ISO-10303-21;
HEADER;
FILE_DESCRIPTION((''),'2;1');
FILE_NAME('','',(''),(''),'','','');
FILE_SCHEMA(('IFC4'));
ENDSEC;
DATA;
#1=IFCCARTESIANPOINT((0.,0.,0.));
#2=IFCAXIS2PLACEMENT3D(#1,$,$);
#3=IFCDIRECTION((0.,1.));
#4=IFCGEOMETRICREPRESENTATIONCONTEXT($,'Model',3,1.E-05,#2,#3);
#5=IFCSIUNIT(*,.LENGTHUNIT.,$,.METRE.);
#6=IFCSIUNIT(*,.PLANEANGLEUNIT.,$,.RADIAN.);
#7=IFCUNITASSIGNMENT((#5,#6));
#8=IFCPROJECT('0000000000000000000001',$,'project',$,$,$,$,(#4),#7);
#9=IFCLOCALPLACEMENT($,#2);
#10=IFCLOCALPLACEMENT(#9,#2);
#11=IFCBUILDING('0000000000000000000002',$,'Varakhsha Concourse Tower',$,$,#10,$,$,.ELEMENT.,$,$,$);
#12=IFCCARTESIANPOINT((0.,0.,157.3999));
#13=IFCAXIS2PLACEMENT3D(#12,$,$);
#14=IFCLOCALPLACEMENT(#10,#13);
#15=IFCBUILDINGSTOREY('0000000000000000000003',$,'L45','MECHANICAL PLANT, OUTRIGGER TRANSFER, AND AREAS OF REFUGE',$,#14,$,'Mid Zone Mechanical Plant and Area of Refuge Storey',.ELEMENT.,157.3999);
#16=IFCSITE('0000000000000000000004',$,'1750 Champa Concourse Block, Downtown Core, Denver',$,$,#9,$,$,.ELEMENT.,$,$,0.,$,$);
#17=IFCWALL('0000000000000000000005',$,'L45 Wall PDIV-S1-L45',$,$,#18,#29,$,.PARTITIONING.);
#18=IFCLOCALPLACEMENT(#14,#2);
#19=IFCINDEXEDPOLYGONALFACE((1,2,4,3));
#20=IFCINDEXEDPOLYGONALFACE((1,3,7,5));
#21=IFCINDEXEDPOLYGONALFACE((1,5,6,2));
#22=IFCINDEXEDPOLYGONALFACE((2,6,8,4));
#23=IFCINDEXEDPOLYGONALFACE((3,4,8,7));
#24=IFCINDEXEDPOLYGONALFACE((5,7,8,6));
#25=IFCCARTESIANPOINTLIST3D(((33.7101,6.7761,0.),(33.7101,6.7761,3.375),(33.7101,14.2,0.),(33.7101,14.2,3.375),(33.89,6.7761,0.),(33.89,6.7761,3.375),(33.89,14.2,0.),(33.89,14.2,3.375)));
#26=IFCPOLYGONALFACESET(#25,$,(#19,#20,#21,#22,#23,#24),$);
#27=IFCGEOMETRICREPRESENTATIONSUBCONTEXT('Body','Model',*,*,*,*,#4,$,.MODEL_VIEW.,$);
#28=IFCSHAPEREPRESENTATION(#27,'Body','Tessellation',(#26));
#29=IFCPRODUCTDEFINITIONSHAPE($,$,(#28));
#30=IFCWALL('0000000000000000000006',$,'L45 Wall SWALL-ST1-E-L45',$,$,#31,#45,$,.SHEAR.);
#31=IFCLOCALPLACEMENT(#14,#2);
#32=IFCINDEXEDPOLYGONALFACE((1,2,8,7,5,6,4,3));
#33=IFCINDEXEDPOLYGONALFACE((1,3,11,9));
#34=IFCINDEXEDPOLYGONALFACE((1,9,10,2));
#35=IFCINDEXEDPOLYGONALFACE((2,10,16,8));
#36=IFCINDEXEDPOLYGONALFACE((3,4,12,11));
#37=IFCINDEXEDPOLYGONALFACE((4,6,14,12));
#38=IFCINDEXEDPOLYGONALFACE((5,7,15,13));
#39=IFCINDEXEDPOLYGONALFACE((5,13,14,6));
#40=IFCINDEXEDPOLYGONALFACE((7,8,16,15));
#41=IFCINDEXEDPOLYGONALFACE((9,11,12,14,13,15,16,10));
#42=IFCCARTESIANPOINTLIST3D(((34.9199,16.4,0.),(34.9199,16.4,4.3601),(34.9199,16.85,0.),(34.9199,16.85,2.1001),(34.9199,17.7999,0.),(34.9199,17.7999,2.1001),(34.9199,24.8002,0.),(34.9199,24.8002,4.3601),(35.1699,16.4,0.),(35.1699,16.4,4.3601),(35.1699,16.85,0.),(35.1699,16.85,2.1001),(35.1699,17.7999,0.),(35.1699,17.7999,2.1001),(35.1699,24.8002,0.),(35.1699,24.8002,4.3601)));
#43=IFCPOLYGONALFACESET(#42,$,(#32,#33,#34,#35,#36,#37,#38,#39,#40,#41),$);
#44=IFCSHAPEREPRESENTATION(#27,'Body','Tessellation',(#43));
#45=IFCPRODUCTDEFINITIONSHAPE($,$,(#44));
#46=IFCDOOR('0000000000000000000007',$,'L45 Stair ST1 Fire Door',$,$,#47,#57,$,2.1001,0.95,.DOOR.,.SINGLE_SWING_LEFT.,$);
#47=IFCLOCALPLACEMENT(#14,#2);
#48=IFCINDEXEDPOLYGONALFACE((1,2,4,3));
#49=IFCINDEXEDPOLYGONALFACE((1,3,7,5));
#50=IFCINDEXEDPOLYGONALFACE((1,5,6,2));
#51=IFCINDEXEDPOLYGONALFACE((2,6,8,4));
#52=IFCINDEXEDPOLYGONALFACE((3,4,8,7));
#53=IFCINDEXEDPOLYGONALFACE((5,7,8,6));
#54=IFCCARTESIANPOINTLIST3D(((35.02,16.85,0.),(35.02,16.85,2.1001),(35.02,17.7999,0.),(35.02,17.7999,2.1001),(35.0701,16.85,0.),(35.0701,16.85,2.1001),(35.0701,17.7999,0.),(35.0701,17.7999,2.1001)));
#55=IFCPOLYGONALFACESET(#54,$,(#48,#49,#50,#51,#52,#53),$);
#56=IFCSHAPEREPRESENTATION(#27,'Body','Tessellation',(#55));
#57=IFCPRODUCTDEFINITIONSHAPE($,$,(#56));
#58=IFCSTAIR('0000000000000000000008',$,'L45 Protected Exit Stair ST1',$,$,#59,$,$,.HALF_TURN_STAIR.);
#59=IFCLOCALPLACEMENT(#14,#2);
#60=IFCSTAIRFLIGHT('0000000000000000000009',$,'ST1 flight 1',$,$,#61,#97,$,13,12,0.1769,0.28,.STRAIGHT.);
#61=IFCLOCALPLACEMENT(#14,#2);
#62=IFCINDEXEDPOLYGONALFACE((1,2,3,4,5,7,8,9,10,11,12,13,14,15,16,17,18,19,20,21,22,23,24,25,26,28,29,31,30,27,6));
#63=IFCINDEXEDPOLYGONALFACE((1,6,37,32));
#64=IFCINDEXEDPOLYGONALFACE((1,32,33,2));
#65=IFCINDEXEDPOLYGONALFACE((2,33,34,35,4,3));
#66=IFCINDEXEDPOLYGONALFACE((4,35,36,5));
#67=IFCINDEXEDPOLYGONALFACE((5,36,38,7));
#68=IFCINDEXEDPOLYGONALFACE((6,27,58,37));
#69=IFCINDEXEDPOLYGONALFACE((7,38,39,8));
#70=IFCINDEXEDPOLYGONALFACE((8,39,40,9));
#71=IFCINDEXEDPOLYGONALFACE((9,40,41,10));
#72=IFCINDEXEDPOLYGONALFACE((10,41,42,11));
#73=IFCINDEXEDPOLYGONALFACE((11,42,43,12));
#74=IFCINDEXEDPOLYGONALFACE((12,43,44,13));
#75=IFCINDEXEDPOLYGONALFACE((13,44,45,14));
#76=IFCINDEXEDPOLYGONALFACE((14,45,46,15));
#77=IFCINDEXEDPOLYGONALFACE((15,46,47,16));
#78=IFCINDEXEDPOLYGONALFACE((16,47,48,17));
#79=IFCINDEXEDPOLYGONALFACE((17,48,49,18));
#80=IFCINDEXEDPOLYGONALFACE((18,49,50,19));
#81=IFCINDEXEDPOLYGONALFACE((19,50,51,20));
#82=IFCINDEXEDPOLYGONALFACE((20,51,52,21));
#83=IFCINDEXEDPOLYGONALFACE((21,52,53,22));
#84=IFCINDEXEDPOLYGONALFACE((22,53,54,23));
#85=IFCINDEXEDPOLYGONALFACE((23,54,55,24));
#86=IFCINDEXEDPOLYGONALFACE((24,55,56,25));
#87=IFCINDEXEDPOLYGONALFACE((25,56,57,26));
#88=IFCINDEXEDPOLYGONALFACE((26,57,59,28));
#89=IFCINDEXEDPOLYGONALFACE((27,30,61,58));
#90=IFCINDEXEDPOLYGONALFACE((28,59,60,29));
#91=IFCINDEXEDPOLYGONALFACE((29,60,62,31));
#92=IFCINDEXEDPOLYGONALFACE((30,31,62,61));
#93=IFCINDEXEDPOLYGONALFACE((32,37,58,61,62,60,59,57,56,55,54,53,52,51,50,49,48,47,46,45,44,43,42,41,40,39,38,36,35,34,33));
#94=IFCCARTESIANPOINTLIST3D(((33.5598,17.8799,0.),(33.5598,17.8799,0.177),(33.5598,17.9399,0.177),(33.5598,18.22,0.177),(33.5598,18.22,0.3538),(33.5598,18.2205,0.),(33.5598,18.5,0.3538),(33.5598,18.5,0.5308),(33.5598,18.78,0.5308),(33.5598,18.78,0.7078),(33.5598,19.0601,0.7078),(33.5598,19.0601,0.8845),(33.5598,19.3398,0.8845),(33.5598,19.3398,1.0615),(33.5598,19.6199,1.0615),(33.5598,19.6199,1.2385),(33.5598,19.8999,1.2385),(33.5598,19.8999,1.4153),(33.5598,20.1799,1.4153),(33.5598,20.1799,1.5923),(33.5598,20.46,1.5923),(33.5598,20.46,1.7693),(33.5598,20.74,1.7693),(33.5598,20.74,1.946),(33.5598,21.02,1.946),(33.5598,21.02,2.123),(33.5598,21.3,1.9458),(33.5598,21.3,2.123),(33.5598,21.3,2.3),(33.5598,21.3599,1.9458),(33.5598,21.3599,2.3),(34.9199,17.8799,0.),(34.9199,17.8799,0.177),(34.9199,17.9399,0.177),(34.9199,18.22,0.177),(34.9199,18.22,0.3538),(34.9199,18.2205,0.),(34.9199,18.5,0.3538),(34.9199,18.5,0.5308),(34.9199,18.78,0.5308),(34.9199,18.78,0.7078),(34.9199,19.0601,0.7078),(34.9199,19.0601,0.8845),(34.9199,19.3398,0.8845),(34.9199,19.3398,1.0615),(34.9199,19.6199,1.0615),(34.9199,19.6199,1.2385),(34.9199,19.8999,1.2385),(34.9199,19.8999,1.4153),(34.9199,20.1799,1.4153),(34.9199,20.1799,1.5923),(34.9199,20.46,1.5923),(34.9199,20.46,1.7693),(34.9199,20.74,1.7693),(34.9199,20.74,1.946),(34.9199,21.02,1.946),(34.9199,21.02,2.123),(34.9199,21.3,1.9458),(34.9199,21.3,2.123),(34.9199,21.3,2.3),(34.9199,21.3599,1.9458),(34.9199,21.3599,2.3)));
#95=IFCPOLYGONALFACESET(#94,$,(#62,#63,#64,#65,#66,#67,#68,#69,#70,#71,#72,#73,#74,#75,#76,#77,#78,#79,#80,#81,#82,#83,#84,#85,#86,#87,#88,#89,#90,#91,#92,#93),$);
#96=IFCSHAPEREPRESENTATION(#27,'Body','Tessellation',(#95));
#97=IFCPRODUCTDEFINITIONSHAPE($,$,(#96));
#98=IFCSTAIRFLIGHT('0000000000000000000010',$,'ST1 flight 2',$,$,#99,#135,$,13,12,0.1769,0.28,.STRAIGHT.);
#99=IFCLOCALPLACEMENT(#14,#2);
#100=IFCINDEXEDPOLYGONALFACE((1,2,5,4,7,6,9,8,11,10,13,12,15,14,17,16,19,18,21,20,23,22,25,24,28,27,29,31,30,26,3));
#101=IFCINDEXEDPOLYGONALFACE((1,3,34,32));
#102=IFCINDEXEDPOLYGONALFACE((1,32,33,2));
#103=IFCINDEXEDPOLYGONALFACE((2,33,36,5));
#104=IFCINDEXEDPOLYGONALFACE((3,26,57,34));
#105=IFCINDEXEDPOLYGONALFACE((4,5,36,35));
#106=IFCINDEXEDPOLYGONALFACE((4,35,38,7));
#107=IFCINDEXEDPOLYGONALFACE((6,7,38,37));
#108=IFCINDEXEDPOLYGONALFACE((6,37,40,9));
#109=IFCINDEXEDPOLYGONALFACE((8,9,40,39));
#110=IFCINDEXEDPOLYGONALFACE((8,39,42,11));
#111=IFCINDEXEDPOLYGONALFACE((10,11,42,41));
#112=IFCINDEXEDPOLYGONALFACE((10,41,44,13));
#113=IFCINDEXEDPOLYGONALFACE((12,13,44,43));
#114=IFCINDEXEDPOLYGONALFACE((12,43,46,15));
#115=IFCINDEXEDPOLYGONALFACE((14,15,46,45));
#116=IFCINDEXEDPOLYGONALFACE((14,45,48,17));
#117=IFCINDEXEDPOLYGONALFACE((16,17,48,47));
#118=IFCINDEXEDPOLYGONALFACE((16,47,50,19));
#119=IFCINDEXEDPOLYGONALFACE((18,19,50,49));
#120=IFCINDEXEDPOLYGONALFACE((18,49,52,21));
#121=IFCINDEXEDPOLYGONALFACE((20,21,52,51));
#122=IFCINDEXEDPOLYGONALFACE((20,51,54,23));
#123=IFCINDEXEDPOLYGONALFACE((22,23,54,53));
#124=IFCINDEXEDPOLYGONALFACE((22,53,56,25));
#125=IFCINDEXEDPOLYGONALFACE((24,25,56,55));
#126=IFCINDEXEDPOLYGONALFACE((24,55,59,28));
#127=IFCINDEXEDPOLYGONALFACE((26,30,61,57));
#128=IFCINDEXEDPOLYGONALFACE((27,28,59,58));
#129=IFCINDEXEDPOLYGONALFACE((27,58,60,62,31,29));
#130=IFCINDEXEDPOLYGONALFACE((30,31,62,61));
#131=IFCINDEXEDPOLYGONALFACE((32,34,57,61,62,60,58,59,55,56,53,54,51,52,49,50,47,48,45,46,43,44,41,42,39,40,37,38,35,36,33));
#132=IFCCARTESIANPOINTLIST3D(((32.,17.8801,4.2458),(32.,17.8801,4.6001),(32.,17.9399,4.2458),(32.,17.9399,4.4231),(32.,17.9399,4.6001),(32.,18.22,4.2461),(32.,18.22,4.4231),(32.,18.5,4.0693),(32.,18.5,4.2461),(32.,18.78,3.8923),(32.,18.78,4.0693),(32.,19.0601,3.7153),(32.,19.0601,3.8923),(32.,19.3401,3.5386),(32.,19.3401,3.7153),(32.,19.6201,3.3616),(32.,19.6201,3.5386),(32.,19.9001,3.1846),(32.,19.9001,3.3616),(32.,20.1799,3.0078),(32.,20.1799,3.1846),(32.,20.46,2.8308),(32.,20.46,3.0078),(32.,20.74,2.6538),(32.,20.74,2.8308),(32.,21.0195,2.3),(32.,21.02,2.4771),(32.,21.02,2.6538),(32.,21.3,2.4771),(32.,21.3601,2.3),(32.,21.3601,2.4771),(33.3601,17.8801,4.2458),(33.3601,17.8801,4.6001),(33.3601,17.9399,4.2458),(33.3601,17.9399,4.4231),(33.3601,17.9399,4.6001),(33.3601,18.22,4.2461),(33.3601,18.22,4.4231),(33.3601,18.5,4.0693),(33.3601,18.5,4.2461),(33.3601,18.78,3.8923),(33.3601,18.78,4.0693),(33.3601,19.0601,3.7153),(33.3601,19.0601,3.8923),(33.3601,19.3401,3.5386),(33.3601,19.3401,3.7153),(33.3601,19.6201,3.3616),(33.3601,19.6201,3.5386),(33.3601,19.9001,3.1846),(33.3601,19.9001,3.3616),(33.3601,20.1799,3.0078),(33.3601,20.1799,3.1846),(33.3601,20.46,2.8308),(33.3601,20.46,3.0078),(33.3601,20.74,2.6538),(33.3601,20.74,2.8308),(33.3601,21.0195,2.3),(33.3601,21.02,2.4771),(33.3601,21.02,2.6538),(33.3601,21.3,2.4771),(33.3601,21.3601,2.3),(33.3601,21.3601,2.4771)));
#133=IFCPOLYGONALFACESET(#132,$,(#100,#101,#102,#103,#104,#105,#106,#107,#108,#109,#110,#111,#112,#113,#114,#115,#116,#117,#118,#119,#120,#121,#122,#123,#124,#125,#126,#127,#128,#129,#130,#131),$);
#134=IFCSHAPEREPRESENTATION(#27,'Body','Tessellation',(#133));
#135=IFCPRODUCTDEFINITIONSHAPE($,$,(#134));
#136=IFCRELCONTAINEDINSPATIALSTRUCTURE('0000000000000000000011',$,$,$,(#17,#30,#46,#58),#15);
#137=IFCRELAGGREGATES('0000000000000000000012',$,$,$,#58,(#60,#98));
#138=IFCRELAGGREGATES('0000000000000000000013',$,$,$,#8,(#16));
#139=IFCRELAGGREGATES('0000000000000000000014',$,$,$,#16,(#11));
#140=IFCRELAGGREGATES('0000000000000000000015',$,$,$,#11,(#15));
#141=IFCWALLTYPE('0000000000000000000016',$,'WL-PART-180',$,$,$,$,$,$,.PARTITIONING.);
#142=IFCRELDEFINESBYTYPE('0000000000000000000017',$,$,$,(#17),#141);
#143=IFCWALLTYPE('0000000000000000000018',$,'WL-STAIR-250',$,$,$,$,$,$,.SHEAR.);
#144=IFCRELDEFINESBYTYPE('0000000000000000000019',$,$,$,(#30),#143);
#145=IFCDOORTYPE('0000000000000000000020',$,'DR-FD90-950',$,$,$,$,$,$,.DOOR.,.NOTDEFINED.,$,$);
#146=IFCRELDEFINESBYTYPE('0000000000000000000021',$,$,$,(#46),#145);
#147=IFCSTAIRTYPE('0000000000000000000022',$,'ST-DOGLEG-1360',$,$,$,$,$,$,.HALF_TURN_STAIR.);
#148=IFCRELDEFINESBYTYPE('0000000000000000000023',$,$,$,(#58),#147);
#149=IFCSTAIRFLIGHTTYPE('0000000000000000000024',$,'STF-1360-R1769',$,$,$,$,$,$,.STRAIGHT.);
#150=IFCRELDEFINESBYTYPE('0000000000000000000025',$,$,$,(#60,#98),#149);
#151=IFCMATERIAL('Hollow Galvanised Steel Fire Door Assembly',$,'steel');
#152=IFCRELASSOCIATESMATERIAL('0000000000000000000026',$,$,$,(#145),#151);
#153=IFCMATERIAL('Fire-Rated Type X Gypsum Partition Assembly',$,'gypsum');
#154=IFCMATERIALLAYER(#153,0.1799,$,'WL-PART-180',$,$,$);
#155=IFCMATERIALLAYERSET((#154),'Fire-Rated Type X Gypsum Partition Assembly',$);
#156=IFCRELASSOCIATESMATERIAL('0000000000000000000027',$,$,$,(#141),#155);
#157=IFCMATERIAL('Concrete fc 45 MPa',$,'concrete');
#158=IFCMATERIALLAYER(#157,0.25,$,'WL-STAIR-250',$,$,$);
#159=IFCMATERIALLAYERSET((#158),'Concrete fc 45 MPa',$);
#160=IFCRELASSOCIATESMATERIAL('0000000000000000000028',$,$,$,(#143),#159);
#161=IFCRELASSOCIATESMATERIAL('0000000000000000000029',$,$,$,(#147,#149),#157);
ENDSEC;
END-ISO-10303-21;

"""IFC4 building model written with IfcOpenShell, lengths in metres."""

from ifc_helpers import new_model, si_unit, direction, frame, frame_2d, origin, place, context, subcontext, project, spatial, polyline, rectangle, outline, extrude, material, layer, layer_set, type_object, element, fill, aggregate, save


model = new_model("IFC4")

# Units and contexts
model_context = context("Model", 3, precision=1e-05, world=origin(), true_north=direction((0.0, 1.0)))
body_context = subcontext(model_context, "Body", "Model", "MODEL_VIEW")
ifc_project = project(units=[si_unit("LENGTHUNIT", "METRE"), si_unit("PLANEANGLEUNIT", "RADIAN")], contexts=[model_context])

# Site, building, storey
site_placement = place(None, origin())
site = spatial("IfcSite", under=ifc_project, at=site_placement, Name="1750 Champa Concourse Block, Downtown Core, Denver", CompositionType="ELEMENT", RefElevation=0.0)
building_placement = place(site_placement, origin())
building = spatial("IfcBuilding", under=site, at=building_placement, Name="Varakhsha Concourse Tower", CompositionType="ELEMENT")
storey_placement = place(building_placement, frame((0.0, 0.0, 157.3999)))
storey = spatial("IfcBuildingStorey", under=building, at=storey_placement, Name="L45", Description="MECHANICAL PLANT, OUTRIGGER TRANSFER, AND AREAS OF REFUGE", LongName="Mid Zone Mechanical Plant and Area of Refuge Storey", CompositionType="ELEMENT", Elevation=157.3999)

# Shared definitions
ifc_material_1 = material(Name="Hollow Galvanised Steel Fire Door Assembly", Category="steel")
door_type_1 = type_object("IfcDoorType", Name="DR-FD90-950", OperationType="NOTDEFINED", PredefinedType="DOOR", material=ifc_material_1)

# Shared definitions
ifc_material_2 = material(Name="Fire-Rated Type X Gypsum Partition Assembly", Category="gypsum")

# Wall
ifc_layer_1 = layer(ifc_material_2, 0.1799, Name="WL-PART-180")
ifc_layer_set_1 = layer_set([ifc_layer_1], Name="Fire-Rated Type X Gypsum Partition Assembly")
wall_type_1 = type_object("IfcWallType", Name="WL-PART-180", PredefinedType="PARTITIONING", material=ifc_layer_set_1)
wall_1_placement = place(storey_placement, frame((33.8, 6.7761, 0.0), z_axis=(0.0, 0.0, 1.0), x_axis=(0.0, 1.0, 0.0)))
element("IfcWall", 1, at=wall_1_placement, inside=storey, type_object=wall_type_1, Name="L45 Wall PDIV-S1-L45", PredefinedType="PARTITIONING", context=body_context, shape_type="SweptSolid", body=[
    extrude(rectangle(XDim=7.4238, YDim=0.1799, at=frame_2d((3.7119, 0.0))), origin(), (0.0, 0.0, 1.0), 3.375),
])

# Wall, opening, door
ifc_material_3 = material(Name="Concrete fc 45 MPa", Category="concrete")
ifc_layer_2 = layer(ifc_material_3, 0.25, Name="WL-STAIR-250")
ifc_layer_set_2 = layer_set([ifc_layer_2], Name="Concrete fc 45 MPa")
wall_type_2 = type_object("IfcWallType", Name="WL-STAIR-250", PredefinedType="SHEAR", material=ifc_layer_set_2)
wall_2_placement = place(storey_placement, frame((35.0449, 16.3999, 0.0), z_axis=(0.0, 0.0, 1.0), x_axis=(0.0, 1.0, 0.0)))
wall_2 = element("IfcWall", 2, at=wall_2_placement, inside=storey, type_object=wall_type_2, Name="L45 Wall SWALL-ST1-E-L45", PredefinedType="SHEAR", context=body_context, shape_type="SweptSolid", body=[
    extrude(rectangle(XDim=8.4001, YDim=0.25, at=frame_2d((4.2002, 0.0))), origin(), (0.0, 0.0, 1.0), 4.3601),
])
opening_1_placement = place(wall_2_placement, frame((0.45, 0.0, 0.0)))
opening_1 = element("IfcOpeningElement", 3, at=opening_1_placement, cuts=wall_2, PredefinedType="OPENING", context=body_context, shape_type="SweptSolid", body=[
    extrude(rectangle(XDim=0.95, YDim=2.1001, at=frame_2d((0.4751, 1.05))), frame((0.0, 0.135, 0.0), z_axis=(0.0, -1.0, 0.0), x_axis=(1.0, 0.0, 0.0)), (0.0, 0.0, 1.0), 0.27),
])
door_1_placement = place(opening_1_placement, origin())
door_1 = element("IfcDoor", 4, at=door_1_placement, inside=storey, type_object=door_type_1, Name="L45 Stair ST1 Fire Door", OperationType="SINGLE_SWING_LEFT", OverallHeight=2.1001, OverallWidth=0.95, PredefinedType="DOOR", context=body_context, shape_type="SweptSolid", body=[
    extrude(rectangle(XDim=0.95, YDim=2.1001, at=frame_2d((0.4751, 1.05))), frame((0.0, 0.0249, 0.0), z_axis=(0.0, -1.0, 0.0), x_axis=(1.0, 0.0, 0.0)), (0.0, 0.0, 1.0), 0.05),
])
fill(opening_1, door_1)

# Stair, stair flights
stair_type = type_object("IfcStairType", Name="ST-DOGLEG-1360", PredefinedType="HALF_TURN_STAIR", material=ifc_material_3)
stair_placement = place(storey_placement, origin())
stair = element("IfcStair", 5, at=stair_placement, inside=storey, type_object=stair_type, Name="L45 Protected Exit Stair ST1", PredefinedType="HALF_TURN_STAIR")
stair_flight_type = type_object("IfcStairFlightType", Name="STF-1360-R1769", PredefinedType="STRAIGHT", material=ifc_material_3)
stair_flight_1_placement = place(storey_placement, frame((34.24, 17.9399, 0.0), z_axis=(0.0, 0.0, 1.0), x_axis=(0.0, 1.0, 0.0)))
stair_flight_1 = element("IfcStairFlight", 6, at=stair_flight_1_placement, type_object=stair_flight_type, Name="ST1 flight 1", NumberOfRisers=13, NumberOfTreads=12, PredefinedType="STRAIGHT", RiserHeight=0.1769, TreadLength=0.28, context=body_context, shape_type="SweptSolid", body=[
    extrude(outline(polyline([(-0.0601, 0.0), (-0.0601, 0.177), (0.0, 0.177), (0.28, 0.177), (0.28, 0.3538), (0.5601, 0.3538), (0.5601, 0.5308), (0.8401, 0.5308), (0.8401, 0.7078), (1.1201, 0.7078), (1.1201, 0.8845), (1.3999, 0.8845), (1.3999, 1.0615), (1.6799, 1.0615), (1.6799, 1.2385), (1.96, 1.2385), (1.96, 1.4153), (2.24, 1.4153), (2.24, 1.5923), (2.52, 1.5923), (2.52, 1.7693), (2.8, 1.7693), (2.8, 1.946), (3.0801, 1.946), (3.0801, 2.123), (3.3601, 2.123), (3.3601, 2.3), (3.4199, 2.3), (3.4199, 1.9458), (3.3601, 1.9458), (0.2805, 0.0), (-0.0601, 0.0)])), frame((0.0, 0.6802, 0.0), z_axis=(0.0, -1.0, 0.0), x_axis=(1.0, 0.0, 0.0)), (0.0, 0.0, 1.0), 1.3601),
])
stair_flight_2_placement = place(storey_placement, frame((32.6799, 21.3, 2.3), z_axis=(0.0, 0.0, 1.0), x_axis=(0.0, -1.0, 0.0)))
stair_flight_2 = element("IfcStairFlight", 7, at=stair_flight_2_placement, type_object=stair_flight_type, Name="ST1 flight 2", NumberOfRisers=13, NumberOfTreads=12, PredefinedType="STRAIGHT", RiserHeight=0.1769, TreadLength=0.28, context=body_context, shape_type="SweptSolid", body=[
    extrude(outline(polyline([(-0.0601, 0.0), (-0.0601, 0.177), (0.0, 0.177), (0.28, 0.177), (0.28, 0.3538), (0.5601, 0.3538), (0.5601, 0.5308), (0.8401, 0.5308), (0.8401, 0.7078), (1.1201, 0.7078), (1.1201, 0.8845), (1.3999, 0.8845), (1.3999, 1.0615), (1.6799, 1.0615), (1.6799, 1.2385), (1.96, 1.2385), (1.96, 1.4153), (2.24, 1.4153), (2.24, 1.5923), (2.52, 1.5923), (2.52, 1.7693), (2.8, 1.7693), (2.8, 1.946), (3.0801, 1.946), (3.0801, 2.123), (3.3601, 2.123), (3.3601, 2.3), (3.4199, 2.3), (3.4199, 1.9458), (3.3601, 1.9458), (0.2805, 0.0), (-0.0601, 0.0)])), frame((0.0, 0.6802, 0.0), z_axis=(0.0, -1.0, 0.0), x_axis=(1.0, 0.0, 0.0)), (0.0, 0.0, 1.0), 1.3601),
])
aggregate(stair, [stair_flight_1, stair_flight_2])

save(model, "model.ifc")
